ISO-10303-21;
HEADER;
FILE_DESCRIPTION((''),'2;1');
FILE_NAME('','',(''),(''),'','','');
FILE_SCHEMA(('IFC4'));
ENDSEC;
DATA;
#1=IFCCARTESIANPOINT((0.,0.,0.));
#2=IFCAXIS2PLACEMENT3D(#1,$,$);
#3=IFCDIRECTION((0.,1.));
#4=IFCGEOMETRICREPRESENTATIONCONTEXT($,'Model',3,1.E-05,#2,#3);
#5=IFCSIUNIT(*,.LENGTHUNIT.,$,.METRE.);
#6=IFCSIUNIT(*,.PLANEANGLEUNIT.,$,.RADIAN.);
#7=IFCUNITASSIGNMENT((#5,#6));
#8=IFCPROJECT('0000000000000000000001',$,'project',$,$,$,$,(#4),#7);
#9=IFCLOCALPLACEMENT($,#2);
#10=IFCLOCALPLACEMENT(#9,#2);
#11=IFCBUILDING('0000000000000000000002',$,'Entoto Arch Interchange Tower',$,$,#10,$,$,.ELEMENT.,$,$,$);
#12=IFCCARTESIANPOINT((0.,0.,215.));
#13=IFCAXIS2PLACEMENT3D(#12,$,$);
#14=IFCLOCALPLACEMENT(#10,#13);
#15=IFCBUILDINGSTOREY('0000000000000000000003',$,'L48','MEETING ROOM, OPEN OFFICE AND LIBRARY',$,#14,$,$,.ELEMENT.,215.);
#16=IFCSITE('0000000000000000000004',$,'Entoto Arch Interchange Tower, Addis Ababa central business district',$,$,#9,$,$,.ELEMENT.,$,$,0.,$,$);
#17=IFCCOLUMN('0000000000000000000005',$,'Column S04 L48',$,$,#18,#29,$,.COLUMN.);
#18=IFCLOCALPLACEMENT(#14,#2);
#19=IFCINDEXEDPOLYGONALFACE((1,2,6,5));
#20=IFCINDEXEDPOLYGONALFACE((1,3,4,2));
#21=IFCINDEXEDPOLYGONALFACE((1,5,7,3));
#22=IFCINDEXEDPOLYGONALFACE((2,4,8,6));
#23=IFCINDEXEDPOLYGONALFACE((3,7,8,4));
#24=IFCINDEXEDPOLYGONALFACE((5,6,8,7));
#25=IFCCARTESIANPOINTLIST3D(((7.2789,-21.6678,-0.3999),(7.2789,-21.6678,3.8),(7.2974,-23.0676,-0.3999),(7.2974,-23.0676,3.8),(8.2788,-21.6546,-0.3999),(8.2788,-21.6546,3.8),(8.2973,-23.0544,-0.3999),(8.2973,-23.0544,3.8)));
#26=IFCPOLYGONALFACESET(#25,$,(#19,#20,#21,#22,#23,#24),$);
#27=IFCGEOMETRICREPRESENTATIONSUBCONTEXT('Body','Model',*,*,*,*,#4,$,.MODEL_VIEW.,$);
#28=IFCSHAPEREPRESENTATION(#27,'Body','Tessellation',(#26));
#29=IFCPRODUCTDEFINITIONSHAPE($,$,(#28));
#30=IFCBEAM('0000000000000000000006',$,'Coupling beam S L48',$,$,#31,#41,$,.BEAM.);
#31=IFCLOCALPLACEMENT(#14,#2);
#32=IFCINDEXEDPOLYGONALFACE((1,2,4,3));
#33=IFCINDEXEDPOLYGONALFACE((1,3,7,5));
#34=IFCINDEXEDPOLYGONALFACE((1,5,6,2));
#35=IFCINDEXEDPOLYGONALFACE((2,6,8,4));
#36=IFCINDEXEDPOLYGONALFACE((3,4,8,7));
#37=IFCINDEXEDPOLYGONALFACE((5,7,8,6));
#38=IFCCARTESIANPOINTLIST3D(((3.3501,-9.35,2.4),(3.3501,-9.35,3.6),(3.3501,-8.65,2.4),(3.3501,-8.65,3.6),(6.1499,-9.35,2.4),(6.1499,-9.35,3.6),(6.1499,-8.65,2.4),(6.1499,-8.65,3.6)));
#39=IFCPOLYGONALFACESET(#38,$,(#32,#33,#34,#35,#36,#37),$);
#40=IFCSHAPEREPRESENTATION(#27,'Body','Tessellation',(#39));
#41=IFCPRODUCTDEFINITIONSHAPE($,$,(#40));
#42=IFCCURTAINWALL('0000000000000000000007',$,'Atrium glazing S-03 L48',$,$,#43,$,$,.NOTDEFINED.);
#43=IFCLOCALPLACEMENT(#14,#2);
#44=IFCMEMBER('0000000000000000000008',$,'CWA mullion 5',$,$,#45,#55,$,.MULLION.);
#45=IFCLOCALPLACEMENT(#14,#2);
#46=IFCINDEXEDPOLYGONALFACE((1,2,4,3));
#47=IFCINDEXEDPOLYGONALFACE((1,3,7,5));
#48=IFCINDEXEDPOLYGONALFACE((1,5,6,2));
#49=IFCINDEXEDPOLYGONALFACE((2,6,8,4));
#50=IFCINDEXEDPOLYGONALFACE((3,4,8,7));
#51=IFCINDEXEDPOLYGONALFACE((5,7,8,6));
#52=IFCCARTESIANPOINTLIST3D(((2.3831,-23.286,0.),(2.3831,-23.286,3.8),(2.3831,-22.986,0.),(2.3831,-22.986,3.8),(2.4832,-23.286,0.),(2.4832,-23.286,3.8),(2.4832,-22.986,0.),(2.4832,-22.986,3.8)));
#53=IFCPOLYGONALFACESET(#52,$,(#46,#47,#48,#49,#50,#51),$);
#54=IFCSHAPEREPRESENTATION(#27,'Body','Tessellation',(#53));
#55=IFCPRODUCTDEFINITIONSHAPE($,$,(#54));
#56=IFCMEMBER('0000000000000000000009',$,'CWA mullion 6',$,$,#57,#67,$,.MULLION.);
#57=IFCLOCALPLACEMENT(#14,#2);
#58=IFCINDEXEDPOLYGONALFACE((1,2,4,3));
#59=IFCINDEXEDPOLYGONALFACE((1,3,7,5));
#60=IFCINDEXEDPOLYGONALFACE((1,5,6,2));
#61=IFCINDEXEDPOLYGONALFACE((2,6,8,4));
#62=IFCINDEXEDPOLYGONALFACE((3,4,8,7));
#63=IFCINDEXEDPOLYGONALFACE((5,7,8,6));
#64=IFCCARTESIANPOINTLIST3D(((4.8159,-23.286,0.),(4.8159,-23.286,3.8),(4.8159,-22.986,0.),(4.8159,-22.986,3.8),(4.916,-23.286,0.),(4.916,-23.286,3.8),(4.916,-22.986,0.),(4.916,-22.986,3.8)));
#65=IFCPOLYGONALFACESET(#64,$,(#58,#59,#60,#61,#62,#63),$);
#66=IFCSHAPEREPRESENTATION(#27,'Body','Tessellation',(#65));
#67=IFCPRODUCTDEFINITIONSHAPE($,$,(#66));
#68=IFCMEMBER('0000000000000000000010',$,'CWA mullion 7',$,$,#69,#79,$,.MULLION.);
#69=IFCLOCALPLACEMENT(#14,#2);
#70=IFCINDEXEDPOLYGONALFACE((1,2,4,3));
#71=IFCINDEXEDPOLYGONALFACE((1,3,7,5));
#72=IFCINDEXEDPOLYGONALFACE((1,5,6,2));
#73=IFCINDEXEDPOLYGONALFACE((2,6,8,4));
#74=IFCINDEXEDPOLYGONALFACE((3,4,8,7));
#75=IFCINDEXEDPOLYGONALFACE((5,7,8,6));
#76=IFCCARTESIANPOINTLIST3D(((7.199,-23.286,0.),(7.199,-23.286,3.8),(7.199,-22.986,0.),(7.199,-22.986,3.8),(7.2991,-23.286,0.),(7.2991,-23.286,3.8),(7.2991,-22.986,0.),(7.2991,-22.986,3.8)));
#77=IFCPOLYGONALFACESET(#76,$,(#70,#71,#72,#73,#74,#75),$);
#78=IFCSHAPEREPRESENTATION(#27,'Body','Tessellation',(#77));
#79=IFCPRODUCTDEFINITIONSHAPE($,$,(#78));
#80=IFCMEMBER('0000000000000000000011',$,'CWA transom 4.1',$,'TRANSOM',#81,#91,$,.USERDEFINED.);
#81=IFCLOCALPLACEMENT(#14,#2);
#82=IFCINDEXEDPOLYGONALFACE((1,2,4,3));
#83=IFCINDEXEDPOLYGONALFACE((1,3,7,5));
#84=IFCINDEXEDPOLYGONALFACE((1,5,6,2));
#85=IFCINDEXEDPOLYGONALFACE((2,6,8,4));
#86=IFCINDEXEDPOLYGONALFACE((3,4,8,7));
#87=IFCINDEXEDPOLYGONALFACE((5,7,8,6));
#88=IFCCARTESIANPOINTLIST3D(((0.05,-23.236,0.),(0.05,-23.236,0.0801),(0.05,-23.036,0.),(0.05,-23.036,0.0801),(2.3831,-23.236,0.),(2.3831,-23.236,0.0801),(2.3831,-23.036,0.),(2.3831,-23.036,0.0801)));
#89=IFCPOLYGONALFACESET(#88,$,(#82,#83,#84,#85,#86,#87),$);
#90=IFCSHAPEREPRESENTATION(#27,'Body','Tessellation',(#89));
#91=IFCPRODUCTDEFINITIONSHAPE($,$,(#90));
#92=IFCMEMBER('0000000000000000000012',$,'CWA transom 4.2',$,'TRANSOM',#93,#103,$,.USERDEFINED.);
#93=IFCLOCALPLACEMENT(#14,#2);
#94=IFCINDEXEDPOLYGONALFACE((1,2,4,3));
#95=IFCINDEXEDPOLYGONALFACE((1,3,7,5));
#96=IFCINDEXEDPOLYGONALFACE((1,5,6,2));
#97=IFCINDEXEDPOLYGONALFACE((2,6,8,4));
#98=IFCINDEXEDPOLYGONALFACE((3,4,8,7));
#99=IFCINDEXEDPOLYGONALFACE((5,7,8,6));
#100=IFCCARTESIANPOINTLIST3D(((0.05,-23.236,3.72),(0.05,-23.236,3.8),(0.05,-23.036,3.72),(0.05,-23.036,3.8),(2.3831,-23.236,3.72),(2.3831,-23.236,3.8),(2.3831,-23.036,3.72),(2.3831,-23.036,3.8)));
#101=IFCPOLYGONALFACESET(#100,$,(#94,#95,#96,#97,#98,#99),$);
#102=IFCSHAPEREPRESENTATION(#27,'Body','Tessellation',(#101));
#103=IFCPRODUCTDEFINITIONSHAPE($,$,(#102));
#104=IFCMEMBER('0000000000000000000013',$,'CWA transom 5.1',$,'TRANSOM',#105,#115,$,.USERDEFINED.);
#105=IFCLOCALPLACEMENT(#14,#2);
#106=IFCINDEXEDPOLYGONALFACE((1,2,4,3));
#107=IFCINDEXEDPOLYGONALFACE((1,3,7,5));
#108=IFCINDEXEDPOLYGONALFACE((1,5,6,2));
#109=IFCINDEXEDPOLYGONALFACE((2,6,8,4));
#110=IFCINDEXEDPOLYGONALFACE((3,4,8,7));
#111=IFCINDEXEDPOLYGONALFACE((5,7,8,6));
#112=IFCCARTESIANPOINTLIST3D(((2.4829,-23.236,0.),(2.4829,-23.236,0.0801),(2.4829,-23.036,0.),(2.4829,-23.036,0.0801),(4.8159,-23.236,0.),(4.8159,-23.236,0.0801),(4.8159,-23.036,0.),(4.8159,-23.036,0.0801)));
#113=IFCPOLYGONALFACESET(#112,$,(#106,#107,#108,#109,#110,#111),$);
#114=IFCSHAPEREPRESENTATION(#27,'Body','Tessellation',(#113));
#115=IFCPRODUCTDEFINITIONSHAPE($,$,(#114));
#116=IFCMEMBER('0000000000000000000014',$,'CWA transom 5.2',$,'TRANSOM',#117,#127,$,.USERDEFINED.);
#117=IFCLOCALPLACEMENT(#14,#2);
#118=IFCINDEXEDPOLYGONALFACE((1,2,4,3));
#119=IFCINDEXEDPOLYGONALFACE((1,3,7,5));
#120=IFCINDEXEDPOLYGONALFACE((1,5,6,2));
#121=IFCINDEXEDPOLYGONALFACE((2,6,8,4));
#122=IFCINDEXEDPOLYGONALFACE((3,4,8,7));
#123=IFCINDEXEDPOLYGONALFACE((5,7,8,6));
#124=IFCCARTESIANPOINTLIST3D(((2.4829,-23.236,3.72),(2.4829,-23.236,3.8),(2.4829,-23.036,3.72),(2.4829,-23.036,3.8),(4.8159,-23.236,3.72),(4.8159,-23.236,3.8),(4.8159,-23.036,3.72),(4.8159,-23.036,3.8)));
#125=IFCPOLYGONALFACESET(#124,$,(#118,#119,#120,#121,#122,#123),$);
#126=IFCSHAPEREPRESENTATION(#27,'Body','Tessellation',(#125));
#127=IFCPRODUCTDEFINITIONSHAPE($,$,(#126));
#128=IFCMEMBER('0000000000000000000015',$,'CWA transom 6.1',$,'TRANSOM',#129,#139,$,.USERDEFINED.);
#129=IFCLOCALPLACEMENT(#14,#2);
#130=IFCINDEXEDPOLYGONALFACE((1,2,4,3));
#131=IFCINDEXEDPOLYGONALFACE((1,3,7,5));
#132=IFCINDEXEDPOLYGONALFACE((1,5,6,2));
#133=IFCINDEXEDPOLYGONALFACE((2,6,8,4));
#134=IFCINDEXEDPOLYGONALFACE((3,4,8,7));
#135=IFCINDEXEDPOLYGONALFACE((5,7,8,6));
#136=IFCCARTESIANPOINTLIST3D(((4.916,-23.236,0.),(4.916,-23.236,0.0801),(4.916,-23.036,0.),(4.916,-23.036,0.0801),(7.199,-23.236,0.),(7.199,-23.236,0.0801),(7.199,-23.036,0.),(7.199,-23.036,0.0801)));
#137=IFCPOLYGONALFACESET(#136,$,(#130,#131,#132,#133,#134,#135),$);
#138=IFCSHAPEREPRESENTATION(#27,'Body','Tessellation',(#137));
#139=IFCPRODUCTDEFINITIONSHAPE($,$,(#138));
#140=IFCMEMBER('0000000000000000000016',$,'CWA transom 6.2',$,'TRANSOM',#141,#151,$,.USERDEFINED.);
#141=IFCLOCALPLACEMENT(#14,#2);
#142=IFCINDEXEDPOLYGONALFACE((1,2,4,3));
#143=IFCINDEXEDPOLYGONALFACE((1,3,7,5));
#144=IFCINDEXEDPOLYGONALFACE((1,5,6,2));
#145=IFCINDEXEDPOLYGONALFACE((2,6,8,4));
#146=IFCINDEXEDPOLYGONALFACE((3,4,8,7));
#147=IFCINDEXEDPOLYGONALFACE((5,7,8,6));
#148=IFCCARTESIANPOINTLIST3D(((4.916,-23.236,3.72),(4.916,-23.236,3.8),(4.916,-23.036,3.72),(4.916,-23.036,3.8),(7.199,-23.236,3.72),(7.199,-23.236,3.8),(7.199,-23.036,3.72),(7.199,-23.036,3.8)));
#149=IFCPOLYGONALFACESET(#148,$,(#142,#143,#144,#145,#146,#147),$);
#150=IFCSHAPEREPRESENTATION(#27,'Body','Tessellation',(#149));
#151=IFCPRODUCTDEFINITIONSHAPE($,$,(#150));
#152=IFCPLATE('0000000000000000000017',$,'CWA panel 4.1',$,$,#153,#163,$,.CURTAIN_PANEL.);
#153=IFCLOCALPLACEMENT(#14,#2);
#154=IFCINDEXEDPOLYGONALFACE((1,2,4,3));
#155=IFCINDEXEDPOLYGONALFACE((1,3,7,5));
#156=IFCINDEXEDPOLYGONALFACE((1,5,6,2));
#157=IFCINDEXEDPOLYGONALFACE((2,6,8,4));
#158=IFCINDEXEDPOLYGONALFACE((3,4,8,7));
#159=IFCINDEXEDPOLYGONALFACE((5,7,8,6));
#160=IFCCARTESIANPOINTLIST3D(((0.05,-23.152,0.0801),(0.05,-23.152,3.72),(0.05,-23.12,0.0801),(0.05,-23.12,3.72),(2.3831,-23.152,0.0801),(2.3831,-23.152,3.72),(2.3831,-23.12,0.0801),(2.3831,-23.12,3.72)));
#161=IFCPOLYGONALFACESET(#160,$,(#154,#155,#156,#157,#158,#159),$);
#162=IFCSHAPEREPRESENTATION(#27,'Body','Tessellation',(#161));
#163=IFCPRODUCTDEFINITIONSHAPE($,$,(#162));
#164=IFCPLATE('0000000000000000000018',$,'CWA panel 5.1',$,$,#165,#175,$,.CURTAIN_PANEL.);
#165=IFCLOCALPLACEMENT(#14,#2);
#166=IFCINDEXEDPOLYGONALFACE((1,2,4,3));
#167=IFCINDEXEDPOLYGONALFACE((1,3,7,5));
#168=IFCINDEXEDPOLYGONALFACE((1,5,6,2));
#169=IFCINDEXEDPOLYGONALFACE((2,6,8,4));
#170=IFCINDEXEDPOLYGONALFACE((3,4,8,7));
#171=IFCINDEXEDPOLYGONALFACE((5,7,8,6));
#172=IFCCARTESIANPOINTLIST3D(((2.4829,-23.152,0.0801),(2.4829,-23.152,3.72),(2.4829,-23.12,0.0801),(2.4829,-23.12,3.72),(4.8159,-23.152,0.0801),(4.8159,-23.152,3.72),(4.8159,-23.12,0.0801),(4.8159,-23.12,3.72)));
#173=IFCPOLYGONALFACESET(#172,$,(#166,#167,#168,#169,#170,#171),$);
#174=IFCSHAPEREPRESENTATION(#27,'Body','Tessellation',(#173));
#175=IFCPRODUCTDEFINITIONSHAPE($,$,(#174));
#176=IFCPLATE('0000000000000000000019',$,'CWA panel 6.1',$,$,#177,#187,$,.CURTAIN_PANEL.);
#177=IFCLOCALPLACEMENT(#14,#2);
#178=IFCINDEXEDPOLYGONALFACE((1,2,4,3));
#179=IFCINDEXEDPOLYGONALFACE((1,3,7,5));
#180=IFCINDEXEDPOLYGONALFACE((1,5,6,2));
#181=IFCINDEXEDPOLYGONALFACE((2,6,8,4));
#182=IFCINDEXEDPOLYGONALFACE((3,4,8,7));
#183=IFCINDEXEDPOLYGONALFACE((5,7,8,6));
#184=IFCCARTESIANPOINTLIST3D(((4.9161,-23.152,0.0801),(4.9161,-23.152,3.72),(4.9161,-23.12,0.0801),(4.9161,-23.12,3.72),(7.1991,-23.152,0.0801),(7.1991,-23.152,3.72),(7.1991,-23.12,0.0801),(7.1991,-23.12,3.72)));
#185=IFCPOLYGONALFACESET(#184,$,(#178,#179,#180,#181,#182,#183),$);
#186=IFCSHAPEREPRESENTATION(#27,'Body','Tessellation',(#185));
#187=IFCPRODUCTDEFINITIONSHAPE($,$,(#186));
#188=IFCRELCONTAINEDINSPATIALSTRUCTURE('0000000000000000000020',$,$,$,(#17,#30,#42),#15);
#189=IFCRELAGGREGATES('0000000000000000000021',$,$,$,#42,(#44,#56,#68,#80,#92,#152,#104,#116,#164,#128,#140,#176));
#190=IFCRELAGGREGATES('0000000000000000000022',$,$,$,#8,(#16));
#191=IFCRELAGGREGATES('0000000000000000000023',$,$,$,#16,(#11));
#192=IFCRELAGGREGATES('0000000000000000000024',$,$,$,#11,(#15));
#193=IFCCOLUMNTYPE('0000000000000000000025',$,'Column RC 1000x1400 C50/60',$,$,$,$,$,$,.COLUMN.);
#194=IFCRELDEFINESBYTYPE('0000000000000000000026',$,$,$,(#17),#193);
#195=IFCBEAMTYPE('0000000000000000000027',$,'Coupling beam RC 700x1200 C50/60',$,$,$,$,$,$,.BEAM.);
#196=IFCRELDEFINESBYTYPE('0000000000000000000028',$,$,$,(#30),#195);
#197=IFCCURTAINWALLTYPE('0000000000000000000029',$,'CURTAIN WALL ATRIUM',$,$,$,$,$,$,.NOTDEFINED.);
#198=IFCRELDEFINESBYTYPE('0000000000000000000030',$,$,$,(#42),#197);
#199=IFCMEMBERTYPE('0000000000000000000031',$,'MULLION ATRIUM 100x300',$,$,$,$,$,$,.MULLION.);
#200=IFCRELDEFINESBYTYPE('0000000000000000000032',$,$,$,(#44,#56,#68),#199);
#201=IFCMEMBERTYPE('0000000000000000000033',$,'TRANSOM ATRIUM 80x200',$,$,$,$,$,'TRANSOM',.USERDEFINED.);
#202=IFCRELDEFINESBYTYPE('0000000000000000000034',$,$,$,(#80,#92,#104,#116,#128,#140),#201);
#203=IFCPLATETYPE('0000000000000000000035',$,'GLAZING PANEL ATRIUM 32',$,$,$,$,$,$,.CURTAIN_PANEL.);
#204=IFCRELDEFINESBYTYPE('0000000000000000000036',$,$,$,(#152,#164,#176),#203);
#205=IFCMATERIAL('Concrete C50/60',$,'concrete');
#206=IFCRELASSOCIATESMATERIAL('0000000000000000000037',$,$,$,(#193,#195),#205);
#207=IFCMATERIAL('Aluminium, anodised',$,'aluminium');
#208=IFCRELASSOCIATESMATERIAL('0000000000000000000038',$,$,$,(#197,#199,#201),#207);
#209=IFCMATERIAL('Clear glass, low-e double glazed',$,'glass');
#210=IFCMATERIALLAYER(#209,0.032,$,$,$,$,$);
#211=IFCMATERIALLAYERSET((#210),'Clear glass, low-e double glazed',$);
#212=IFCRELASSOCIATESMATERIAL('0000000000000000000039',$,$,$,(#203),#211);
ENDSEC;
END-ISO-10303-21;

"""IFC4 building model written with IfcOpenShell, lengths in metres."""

from ifc_helpers import new_model, si_unit, direction, frame, origin, origin_2d, place, context, subcontext, project, spatial, rectangle, extrude, material, layer, layer_set, material_profile, profile_set, type_object, element, aggregate, save


model = new_model("IFC4")

# Units and contexts
model_context = context("Model", 3, precision=1e-05, world=origin(), true_north=direction((0.0, 1.0)))
body_context = subcontext(model_context, "Body", "Model", "MODEL_VIEW")
ifc_project = project(units=[si_unit("LENGTHUNIT", "METRE"), si_unit("PLANEANGLEUNIT", "RADIAN")], contexts=[model_context])

# Site, building, storey
site_placement = place(None, origin())
site = spatial("IfcSite", under=ifc_project, at=site_placement, Name="Entoto Arch Interchange Tower, Addis Ababa central business district", CompositionType="ELEMENT", RefElevation=0.0)
building_placement = place(site_placement, origin())
building = spatial("IfcBuilding", under=site, at=building_placement, Name="Entoto Arch Interchange Tower", CompositionType="ELEMENT")
storey_placement = place(building_placement, frame((0.0, 0.0, 215.0)))
storey = spatial("IfcBuildingStorey", under=building, at=storey_placement, Name="L48", Description="MEETING ROOM, OPEN OFFICE AND LIBRARY", CompositionType="ELEMENT", Elevation=215.0)

# Column
ifc_material_1 = material(Name="Concrete C50/60", Category="concrete")
ifc_material_profile_1 = material_profile(ifc_material_1, rectangle(XDim=1.0, YDim=1.3999, at=origin_2d()))
ifc_profile_set_1 = profile_set([ifc_material_profile_1], Name="Concrete C50/60")
column_type = type_object("IfcColumnType", Name="Column RC 1000x1400 C50/60", PredefinedType="COLUMN", material=ifc_profile_set_1)
column_placement = place(storey_placement, frame((7.7881, -22.3611, -0.3999), z_axis=(0.0, 0.0, 1.0), x_axis=(0.999913, 0.013177, 0.0)))
element("IfcColumn", 1, at=column_placement, inside=storey, type_object=column_type, Name="Column S04 L48", PredefinedType="COLUMN", context=body_context, shape_type="SweptSolid", body=[
    extrude(rectangle(XDim=1.0, YDim=1.3999, at=origin_2d()), origin(), (0.0, 0.0, 1.0), 4.2),
])

# Beam
ifc_material_profile_2 = material_profile(ifc_material_1, rectangle(XDim=0.7, YDim=1.2, at=origin_2d()))
ifc_profile_set_2 = profile_set([ifc_material_profile_2], Name="Concrete C50/60")
beam_type = type_object("IfcBeamType", Name="Coupling beam RC 700x1200 C50/60", PredefinedType="BEAM", material=ifc_profile_set_2)
beam_placement = place(storey_placement, frame((3.3501, -9.0, 3.0), z_axis=(1.0, 0.0, 0.0), x_axis=(0.0, 1.0, 0.0)))
element("IfcBeam", 2, at=beam_placement, inside=storey, type_object=beam_type, Name="Coupling beam S L48", PredefinedType="BEAM", context=body_context, shape_type="SweptSolid", body=[
    extrude(rectangle(XDim=0.7, YDim=1.2, at=origin_2d()), origin(), (0.0, 0.0, 1.0), 2.7998),
])

# Curtain wall, members, plates
ifc_material_2 = material(Name="Aluminium, anodised", Category="aluminium")
curtain_wall_type = type_object("IfcCurtainWallType", Name="CURTAIN WALL ATRIUM", PredefinedType="NOTDEFINED", material=ifc_material_2)
curtain_wall_placement = place(storey_placement, origin())
curtain_wall = element("IfcCurtainWall", 3, at=curtain_wall_placement, inside=storey, type_object=curtain_wall_type, Name="Atrium glazing S-03 L48", PredefinedType="NOTDEFINED")
ifc_material_profile_3 = material_profile(ifc_material_2, rectangle(XDim=0.3, YDim=0.1001, at=origin_2d()))
ifc_profile_set_3 = profile_set([ifc_material_profile_3], Name="Aluminium, anodised")
member_type_1 = type_object("IfcMemberType", Name="MULLION ATRIUM 100x300", PredefinedType="MULLION", material=ifc_profile_set_3)
member_1_placement = place(storey_placement, frame((2.4331, -23.136, 0.0), z_axis=(0.0, 0.0, 1.0), x_axis=(0.0, 1.0, 0.0)))
member_1 = element("IfcMember", 4, at=member_1_placement, type_object=member_type_1, Name="CWA mullion 5", PredefinedType="MULLION", context=body_context, shape_type="SweptSolid", body=[
    extrude(rectangle(XDim=0.3, YDim=0.1001, at=origin_2d()), origin(), (0.0, 0.0, 1.0), 3.8),
])
member_2_placement = place(storey_placement, frame((4.866, -23.136, 0.0), z_axis=(0.0, 0.0, 1.0), x_axis=(0.0, 1.0, 0.0)))
member_2 = element("IfcMember", 5, at=member_2_placement, type_object=member_type_1, Name="CWA mullion 6", PredefinedType="MULLION", context=body_context, shape_type="SweptSolid", body=[
    extrude(rectangle(XDim=0.3, YDim=0.1001, at=origin_2d()), origin(), (0.0, 0.0, 1.0), 3.8),
])
member_3_placement = place(storey_placement, frame((7.249, -23.136, 0.0), z_axis=(0.0, 0.0, 1.0), x_axis=(0.0, 1.0, 0.0)))
member_3 = element("IfcMember", 6, at=member_3_placement, type_object=member_type_1, Name="CWA mullion 7", PredefinedType="MULLION", context=body_context, shape_type="SweptSolid", body=[
    extrude(rectangle(XDim=0.3, YDim=0.1001, at=origin_2d()), origin(), (0.0, 0.0, 1.0), 3.8),
])
ifc_material_profile_4 = material_profile(ifc_material_2, rectangle(XDim=0.2, YDim=0.0801, at=origin_2d()))
ifc_profile_set_4 = profile_set([ifc_material_profile_4], Name="Aluminium, anodised")
member_type_2 = type_object("IfcMemberType", Name="TRANSOM ATRIUM 80x200", ElementType="TRANSOM", PredefinedType="USERDEFINED", material=ifc_profile_set_4)
member_4_placement = place(storey_placement, frame((0.05, -23.136, 0.04), z_axis=(1.0, 0.0, 0.0), x_axis=(0.0, 1.0, 0.0)))
member_4 = element("IfcMember", 7, at=member_4_placement, type_object=member_type_2, Name="CWA transom 4.1", ObjectType="TRANSOM", PredefinedType="USERDEFINED", context=body_context, shape_type="SweptSolid", body=[
    extrude(rectangle(XDim=0.2, YDim=0.0801, at=origin_2d()), origin(), (0.0, 0.0, 1.0), 2.333),
])
member_5_placement = place(storey_placement, frame((0.05, -23.136, 3.76), z_axis=(1.0, 0.0, 0.0), x_axis=(0.0, 1.0, 0.0)))
member_5 = element("IfcMember", 8, at=member_5_placement, type_object=member_type_2, Name="CWA transom 4.2", ObjectType="TRANSOM", PredefinedType="USERDEFINED", context=body_context, shape_type="SweptSolid", body=[
    extrude(rectangle(XDim=0.2, YDim=0.0801, at=origin_2d()), origin(), (0.0, 0.0, 1.0), 2.333),
])
member_6_placement = place(storey_placement, frame((2.4829, -23.136, 0.04), z_axis=(1.0, 0.0, 0.0), x_axis=(0.0, 1.0, 0.0)))
member_6 = element("IfcMember", 9, at=member_6_placement, type_object=member_type_2, Name="CWA transom 5.1", ObjectType="TRANSOM", PredefinedType="USERDEFINED", context=body_context, shape_type="SweptSolid", body=[
    extrude(rectangle(XDim=0.2, YDim=0.0801, at=origin_2d()), origin(), (0.0, 0.0, 1.0), 2.333),
])
member_7_placement = place(storey_placement, frame((2.4829, -23.136, 3.76), z_axis=(1.0, 0.0, 0.0), x_axis=(0.0, 1.0, 0.0)))
member_7 = element("IfcMember", 10, at=member_7_placement, type_object=member_type_2, Name="CWA transom 5.2", ObjectType="TRANSOM", PredefinedType="USERDEFINED", context=body_context, shape_type="SweptSolid", body=[
    extrude(rectangle(XDim=0.2, YDim=0.0801, at=origin_2d()), origin(), (0.0, 0.0, 1.0), 2.333),
])
member_8_placement = place(storey_placement, frame((4.916, -23.136, 0.04), z_axis=(1.0, 0.0, 0.0), x_axis=(0.0, 1.0, 0.0)))
member_8 = element("IfcMember", 11, at=member_8_placement, type_object=member_type_2, Name="CWA transom 6.1", ObjectType="TRANSOM", PredefinedType="USERDEFINED", context=body_context, shape_type="SweptSolid", body=[
    extrude(rectangle(XDim=0.2, YDim=0.0801, at=origin_2d()), origin(), (0.0, 0.0, 1.0), 2.283),
])
member_9_placement = place(storey_placement, frame((4.916, -23.136, 3.76), z_axis=(1.0, 0.0, 0.0), x_axis=(0.0, 1.0, 0.0)))
member_9 = element("IfcMember", 12, at=member_9_placement, type_object=member_type_2, Name="CWA transom 6.2", ObjectType="TRANSOM", PredefinedType="USERDEFINED", context=body_context, shape_type="SweptSolid", body=[
    extrude(rectangle(XDim=0.2, YDim=0.0801, at=origin_2d()), origin(), (0.0, 0.0, 1.0), 2.283),
])
ifc_material_3 = material(Name="Clear glass, low-e double glazed", Category="glass")
ifc_layer_1 = layer(ifc_material_3, 0.032)
ifc_layer_set_1 = layer_set([ifc_layer_1], Name="Clear glass, low-e double glazed")
plate_type = type_object("IfcPlateType", Name="GLAZING PANEL ATRIUM 32", PredefinedType="CURTAIN_PANEL", material=ifc_layer_set_1)
plate_1_placement = place(storey_placement, frame((1.2166, -23.136, 0.0801), z_axis=(0.0, 0.0, 1.0), x_axis=(1.0, 0.0, 0.0)))
plate_1 = element("IfcPlate", 13, at=plate_1_placement, type_object=plate_type, Name="CWA panel 4.1", PredefinedType="CURTAIN_PANEL", context=body_context, shape_type="SweptSolid", body=[
    extrude(rectangle(XDim=2.333, YDim=0.032, at=origin_2d()), origin(), (0.0, 0.0, 1.0), 3.6399),
])
plate_2_placement = place(storey_placement, frame((3.6494, -23.136, 0.0801), z_axis=(0.0, 0.0, 1.0), x_axis=(1.0, 0.0, 0.0)))
plate_2 = element("IfcPlate", 14, at=plate_2_placement, type_object=plate_type, Name="CWA panel 5.1", PredefinedType="CURTAIN_PANEL", context=body_context, shape_type="SweptSolid", body=[
    extrude(rectangle(XDim=2.333, YDim=0.032, at=origin_2d()), origin(), (0.0, 0.0, 1.0), 3.6399),
])
plate_3_placement = place(storey_placement, frame((6.0576, -23.136, 0.0801), z_axis=(0.0, 0.0, 1.0), x_axis=(1.0, 0.0, 0.0)))
plate_3 = element("IfcPlate", 15, at=plate_3_placement, type_object=plate_type, Name="CWA panel 6.1", PredefinedType="CURTAIN_PANEL", context=body_context, shape_type="SweptSolid", body=[
    extrude(rectangle(XDim=2.283, YDim=0.032, at=origin_2d()), origin(), (0.0, 0.0, 1.0), 3.6399),
])
aggregate(curtain_wall, [member_1, member_2, member_3, member_4, member_5, plate_1, member_6, member_7, plate_2, member_8, member_9, plate_3])

save(model, "model.ifc")
